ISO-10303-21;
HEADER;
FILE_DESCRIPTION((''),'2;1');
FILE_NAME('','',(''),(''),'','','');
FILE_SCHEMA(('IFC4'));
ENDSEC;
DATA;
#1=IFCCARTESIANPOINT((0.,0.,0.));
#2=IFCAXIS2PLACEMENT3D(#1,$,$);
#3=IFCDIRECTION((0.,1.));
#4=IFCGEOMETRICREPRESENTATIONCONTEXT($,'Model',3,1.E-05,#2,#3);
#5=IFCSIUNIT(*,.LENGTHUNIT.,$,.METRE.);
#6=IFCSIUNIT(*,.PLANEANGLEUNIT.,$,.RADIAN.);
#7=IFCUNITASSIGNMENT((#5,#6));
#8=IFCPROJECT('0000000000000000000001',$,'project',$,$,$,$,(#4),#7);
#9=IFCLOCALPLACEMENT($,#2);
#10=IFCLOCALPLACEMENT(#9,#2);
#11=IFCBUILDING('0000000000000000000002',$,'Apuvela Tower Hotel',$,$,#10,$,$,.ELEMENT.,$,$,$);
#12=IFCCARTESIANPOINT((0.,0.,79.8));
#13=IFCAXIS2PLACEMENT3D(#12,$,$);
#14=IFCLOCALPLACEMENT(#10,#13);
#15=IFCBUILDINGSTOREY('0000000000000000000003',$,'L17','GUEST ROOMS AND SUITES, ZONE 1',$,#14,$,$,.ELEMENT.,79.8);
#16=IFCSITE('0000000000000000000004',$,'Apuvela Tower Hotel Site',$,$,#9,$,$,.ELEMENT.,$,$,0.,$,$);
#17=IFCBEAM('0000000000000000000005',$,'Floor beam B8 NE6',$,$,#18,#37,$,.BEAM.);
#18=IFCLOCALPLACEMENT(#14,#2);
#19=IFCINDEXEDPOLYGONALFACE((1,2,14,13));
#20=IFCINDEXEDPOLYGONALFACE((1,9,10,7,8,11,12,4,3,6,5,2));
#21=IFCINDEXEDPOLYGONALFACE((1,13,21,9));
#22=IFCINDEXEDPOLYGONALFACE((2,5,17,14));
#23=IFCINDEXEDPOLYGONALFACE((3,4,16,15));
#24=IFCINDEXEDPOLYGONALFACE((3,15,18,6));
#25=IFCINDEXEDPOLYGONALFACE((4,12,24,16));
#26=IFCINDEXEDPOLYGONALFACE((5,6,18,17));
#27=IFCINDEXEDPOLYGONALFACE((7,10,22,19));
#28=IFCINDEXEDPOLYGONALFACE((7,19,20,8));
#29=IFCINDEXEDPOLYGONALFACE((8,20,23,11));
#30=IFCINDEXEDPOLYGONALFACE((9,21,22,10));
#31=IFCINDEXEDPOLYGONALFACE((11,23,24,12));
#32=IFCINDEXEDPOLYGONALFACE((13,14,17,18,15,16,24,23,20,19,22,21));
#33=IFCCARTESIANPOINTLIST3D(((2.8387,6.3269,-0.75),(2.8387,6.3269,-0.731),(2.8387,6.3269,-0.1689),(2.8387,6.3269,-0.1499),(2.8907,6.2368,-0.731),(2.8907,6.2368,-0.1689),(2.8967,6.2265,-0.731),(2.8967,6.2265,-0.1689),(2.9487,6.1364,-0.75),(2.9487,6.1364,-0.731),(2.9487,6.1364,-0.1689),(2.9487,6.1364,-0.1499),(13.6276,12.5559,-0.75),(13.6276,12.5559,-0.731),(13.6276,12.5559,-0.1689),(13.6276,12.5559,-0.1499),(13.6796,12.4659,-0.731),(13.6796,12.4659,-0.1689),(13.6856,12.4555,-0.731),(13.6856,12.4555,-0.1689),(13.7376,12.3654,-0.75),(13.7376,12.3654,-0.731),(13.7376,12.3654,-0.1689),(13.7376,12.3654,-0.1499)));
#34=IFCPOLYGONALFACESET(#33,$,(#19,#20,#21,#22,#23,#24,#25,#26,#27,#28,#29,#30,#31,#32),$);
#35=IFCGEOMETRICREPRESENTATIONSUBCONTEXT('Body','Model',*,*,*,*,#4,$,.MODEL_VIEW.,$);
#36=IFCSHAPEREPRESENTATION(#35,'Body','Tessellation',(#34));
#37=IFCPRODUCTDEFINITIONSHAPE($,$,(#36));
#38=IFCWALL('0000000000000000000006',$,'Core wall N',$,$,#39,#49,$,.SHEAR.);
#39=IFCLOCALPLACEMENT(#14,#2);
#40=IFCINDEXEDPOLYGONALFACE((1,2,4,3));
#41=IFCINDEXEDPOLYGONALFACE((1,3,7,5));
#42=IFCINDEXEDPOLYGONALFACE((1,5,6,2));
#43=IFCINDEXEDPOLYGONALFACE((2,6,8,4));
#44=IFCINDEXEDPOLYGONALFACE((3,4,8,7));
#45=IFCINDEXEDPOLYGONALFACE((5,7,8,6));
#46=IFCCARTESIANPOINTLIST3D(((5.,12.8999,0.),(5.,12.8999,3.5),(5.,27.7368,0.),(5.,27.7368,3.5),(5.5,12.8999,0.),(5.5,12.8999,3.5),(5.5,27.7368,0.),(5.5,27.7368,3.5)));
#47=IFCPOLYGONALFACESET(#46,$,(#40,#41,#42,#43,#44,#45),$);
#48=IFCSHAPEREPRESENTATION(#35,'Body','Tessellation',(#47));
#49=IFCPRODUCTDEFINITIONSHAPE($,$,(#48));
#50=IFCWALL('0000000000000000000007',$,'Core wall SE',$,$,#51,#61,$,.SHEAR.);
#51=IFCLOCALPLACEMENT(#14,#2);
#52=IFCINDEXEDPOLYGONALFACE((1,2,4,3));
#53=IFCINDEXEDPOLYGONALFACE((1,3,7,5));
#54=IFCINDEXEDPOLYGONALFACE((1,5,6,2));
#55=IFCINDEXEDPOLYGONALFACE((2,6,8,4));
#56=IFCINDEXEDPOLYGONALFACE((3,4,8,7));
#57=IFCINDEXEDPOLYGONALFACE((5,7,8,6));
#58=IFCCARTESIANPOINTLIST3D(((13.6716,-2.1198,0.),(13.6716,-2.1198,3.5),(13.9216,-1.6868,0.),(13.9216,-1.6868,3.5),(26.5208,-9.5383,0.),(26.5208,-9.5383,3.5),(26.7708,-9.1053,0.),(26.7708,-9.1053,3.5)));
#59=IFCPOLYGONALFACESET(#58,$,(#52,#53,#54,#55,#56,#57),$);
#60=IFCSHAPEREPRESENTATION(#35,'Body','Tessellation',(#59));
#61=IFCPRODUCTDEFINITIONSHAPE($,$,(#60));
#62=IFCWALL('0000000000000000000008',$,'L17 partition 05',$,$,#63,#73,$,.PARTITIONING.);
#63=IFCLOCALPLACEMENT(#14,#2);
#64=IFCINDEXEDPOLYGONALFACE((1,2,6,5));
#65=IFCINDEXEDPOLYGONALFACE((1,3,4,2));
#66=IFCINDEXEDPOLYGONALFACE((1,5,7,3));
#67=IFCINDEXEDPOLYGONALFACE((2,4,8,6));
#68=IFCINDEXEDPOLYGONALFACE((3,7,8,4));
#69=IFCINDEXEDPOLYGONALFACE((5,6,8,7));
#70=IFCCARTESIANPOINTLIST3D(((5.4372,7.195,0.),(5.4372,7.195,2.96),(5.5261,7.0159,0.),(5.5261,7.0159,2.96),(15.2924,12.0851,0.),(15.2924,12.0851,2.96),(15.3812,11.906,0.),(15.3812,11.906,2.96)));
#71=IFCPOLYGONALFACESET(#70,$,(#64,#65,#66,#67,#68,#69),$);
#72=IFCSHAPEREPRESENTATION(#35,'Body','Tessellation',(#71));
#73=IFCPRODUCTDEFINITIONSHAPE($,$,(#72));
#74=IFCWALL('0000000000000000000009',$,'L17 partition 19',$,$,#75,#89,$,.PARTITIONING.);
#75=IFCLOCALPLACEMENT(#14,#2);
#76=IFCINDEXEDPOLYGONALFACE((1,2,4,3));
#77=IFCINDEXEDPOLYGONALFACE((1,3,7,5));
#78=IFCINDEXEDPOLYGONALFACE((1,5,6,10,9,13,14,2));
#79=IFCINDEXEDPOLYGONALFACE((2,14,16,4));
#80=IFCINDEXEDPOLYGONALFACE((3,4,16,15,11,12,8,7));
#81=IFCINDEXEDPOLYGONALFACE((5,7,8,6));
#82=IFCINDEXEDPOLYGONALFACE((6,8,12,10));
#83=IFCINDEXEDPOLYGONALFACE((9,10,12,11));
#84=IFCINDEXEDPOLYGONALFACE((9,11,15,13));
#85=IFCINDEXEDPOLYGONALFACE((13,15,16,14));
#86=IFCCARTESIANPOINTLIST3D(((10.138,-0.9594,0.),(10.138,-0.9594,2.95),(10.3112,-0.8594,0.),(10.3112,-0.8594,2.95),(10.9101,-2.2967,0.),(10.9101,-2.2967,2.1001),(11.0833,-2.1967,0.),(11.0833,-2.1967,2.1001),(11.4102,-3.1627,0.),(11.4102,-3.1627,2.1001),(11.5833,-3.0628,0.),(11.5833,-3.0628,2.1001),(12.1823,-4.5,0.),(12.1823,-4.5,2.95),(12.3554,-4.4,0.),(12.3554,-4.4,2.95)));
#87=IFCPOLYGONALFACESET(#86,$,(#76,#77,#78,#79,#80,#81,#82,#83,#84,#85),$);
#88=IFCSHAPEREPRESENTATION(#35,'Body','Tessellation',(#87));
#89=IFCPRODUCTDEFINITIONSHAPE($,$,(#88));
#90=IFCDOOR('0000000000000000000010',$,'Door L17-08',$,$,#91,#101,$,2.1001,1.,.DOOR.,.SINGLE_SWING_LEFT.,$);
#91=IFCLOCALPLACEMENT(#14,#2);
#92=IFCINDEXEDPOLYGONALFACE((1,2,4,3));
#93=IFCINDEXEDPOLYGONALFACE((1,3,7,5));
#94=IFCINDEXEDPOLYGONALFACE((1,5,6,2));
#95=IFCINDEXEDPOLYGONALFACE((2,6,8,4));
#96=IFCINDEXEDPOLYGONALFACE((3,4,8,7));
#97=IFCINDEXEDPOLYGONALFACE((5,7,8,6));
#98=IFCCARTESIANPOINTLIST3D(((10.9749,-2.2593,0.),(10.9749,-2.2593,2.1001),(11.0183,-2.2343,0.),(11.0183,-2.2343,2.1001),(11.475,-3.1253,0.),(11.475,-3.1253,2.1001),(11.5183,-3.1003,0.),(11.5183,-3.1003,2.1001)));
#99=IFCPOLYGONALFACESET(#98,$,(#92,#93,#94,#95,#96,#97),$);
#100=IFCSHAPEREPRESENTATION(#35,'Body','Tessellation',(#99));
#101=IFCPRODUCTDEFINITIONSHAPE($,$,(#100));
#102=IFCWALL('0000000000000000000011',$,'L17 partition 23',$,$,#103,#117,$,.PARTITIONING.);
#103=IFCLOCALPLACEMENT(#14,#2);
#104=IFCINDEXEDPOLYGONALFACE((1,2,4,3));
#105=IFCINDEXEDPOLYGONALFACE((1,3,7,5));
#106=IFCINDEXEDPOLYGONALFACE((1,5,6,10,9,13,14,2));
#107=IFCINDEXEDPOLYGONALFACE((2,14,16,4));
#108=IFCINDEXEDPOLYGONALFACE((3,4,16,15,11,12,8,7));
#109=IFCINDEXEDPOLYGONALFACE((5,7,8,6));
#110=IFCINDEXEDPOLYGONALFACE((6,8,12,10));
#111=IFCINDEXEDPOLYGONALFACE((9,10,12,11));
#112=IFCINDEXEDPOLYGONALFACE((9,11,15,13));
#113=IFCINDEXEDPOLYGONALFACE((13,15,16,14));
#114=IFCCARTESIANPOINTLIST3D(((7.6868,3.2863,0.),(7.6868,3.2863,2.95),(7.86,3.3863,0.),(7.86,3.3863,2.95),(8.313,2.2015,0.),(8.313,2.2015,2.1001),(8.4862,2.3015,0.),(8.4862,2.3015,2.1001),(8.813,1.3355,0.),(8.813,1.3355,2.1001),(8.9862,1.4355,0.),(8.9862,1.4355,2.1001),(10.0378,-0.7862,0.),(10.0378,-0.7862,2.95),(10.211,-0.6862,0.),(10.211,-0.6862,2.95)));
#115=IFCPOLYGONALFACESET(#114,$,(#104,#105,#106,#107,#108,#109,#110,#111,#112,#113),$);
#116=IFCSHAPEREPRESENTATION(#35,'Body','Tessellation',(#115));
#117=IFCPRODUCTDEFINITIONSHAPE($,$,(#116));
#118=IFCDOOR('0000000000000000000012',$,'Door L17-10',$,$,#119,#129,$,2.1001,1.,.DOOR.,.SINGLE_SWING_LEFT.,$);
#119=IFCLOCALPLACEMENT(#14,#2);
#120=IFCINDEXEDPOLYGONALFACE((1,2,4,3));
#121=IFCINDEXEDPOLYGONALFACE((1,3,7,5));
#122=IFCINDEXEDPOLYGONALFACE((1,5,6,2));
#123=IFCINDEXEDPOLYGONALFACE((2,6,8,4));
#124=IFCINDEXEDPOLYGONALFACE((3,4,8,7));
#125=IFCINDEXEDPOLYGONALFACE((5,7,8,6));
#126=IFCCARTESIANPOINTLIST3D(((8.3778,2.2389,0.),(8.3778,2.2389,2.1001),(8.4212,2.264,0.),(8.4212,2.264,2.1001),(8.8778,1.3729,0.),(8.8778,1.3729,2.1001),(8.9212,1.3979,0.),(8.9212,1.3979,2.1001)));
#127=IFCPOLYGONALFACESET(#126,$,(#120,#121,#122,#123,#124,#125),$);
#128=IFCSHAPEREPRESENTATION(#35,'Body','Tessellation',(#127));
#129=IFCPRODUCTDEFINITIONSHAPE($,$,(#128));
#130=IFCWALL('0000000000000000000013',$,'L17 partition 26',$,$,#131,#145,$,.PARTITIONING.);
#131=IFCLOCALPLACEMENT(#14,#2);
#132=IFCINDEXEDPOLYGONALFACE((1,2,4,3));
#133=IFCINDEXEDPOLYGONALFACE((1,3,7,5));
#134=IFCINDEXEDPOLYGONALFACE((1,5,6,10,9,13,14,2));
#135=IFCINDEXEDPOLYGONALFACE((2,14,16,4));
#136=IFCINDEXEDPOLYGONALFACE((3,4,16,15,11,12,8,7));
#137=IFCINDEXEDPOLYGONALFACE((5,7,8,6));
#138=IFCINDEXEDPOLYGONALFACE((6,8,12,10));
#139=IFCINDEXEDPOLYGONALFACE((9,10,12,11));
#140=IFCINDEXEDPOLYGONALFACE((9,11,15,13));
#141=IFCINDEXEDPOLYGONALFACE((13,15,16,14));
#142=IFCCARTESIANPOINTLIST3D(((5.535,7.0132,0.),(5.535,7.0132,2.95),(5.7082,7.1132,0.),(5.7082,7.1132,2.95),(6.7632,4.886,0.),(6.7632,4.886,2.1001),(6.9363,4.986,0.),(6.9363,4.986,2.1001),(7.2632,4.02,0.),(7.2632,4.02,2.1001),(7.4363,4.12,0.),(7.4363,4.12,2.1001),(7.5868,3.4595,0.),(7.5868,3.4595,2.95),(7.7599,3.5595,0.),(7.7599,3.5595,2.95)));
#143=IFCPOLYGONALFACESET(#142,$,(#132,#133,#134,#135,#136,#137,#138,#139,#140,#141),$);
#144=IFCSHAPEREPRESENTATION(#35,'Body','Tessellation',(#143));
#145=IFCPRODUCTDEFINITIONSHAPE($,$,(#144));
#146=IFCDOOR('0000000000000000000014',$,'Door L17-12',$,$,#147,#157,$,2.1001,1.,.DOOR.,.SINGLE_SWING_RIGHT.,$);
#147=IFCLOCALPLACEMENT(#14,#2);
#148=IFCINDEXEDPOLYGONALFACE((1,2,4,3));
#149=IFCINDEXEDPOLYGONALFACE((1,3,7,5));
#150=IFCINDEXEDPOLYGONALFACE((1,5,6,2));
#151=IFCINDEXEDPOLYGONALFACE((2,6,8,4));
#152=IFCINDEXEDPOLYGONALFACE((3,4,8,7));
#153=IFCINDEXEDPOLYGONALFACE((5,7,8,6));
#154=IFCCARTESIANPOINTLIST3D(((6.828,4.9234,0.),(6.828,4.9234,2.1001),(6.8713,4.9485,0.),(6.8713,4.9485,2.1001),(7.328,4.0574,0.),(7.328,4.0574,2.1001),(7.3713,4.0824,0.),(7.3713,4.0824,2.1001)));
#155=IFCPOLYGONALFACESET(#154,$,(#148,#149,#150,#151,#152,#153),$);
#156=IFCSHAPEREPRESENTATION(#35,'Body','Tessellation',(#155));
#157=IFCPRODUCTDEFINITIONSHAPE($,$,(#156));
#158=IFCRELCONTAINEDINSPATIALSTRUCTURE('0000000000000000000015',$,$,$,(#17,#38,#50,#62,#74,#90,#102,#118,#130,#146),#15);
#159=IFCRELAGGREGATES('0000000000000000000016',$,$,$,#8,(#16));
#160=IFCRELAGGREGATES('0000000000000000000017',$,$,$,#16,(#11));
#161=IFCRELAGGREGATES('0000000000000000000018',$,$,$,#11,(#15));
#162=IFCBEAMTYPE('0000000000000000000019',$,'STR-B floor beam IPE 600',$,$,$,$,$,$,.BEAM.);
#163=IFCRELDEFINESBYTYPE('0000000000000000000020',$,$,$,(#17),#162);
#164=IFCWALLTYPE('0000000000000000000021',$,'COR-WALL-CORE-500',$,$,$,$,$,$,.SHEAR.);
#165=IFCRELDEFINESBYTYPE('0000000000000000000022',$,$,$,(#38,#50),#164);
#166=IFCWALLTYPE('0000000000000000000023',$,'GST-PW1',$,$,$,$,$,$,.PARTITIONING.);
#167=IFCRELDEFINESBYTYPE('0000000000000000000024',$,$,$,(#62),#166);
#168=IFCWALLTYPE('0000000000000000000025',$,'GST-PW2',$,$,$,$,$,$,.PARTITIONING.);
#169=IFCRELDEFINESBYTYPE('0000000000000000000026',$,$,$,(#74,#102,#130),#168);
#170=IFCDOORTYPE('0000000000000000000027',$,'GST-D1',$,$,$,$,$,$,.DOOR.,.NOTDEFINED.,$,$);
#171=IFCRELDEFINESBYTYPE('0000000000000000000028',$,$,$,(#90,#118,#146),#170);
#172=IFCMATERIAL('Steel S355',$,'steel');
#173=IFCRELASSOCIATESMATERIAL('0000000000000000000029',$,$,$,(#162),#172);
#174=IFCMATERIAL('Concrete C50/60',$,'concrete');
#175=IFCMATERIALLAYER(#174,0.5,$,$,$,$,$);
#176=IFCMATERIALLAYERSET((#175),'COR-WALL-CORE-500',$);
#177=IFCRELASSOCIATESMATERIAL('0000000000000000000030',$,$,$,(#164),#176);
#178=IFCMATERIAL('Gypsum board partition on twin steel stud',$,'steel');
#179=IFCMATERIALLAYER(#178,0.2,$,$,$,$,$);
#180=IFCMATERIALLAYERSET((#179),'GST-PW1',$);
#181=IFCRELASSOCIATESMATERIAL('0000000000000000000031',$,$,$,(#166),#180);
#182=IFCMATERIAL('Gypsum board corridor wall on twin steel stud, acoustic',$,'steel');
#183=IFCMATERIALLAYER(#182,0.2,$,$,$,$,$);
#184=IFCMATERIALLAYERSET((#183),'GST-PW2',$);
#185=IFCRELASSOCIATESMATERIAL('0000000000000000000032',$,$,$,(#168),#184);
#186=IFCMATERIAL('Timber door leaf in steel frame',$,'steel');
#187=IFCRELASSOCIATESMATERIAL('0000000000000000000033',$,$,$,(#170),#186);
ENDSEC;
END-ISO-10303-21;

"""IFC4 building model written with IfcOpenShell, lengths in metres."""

from ifc_helpers import new_model, si_unit, direction, frame, frame_2d, origin, origin_2d, place, context, subcontext, project, spatial, rectangle, i_section, extrude, material, layer, layer_set, material_profile, profile_set, type_object, element, fill, save


model = new_model("IFC4")

# Units and contexts
model_context = context("Model", 3, precision=1e-05, world=origin(), true_north=direction((0.0, 1.0)))
body_context = subcontext(model_context, "Body", "Model", "MODEL_VIEW")
ifc_project = project(units=[si_unit("LENGTHUNIT", "METRE"), si_unit("PLANEANGLEUNIT", "RADIAN")], contexts=[model_context])

# Site, building, storey
site_placement = place(None, origin())
site = spatial("IfcSite", under=ifc_project, at=site_placement, Name="Apuvela Tower Hotel Site", CompositionType="ELEMENT", RefElevation=0.0)
building_placement = place(site_placement, origin())
building = spatial("IfcBuilding", under=site, at=building_placement, Name="Apuvela Tower Hotel", CompositionType="ELEMENT")
storey_placement = place(building_placement, frame((0.0, 0.0, 79.8)))
storey = spatial("IfcBuildingStorey", under=building, at=storey_placement, Name="L17", Description="GUEST ROOMS AND SUITES, ZONE 1", CompositionType="ELEMENT", Elevation=79.8)

# Beam
ifc_material_1 = material(Name="Steel S355", Category="steel")
ifc_material_profile = material_profile(ifc_material_1, i_section(OverallWidth=0.22, OverallDepth=0.6001, WebThickness=0.012, FlangeThickness=0.019, at=origin_2d()), Name="IPE 600")
ifc_profile_set = profile_set([ifc_material_profile], Name="Steel S355")
beam_type = type_object("IfcBeamType", Name="STR-B floor beam IPE 600", PredefinedType="BEAM", material=ifc_profile_set)
beam_placement = place(storey_placement, frame((13.6826, 12.4607, -0.45), z_axis=(-0.866023, -0.500005, 0.0), x_axis=(0.500005, -0.866023, 0.0)))
element("IfcBeam", 1, at=beam_placement, inside=storey, type_object=beam_type, Name="Floor beam B8 NE6", PredefinedType="BEAM", context=body_context, shape_type="SweptSolid", body=[
    extrude(i_section(OverallWidth=0.22, OverallDepth=0.6001, WebThickness=0.012, FlangeThickness=0.019, at=origin_2d()), origin(), (0.0, 0.0, 1.0), 12.458),
])

# Walls
ifc_material_2 = material(Name="Concrete C50/60", Category="concrete")
ifc_layer_1 = layer(ifc_material_2, 0.5)
ifc_layer_set_1 = layer_set([ifc_layer_1], Name="COR-WALL-CORE-500")
wall_type_1 = type_object("IfcWallType", Name="COR-WALL-CORE-500", PredefinedType="SHEAR", material=ifc_layer_set_1)
for number, where, z_axis, x_axis, name in (
    (2, (5.25, 12.8999, 0.0), (0.0, 0.0, 1.0), (0.0, 1.0, 0.0), "Core wall N"),
    (3, (13.7966, -1.9033, 0.0), (0.0, 0.0, 1.0), (0.866025, -0.500001, 0.0), "Core wall SE"),
):
    element("IfcWall", number, at=place(storey_placement, frame(where, z_axis=z_axis, x_axis=x_axis)), inside=storey, type_object=wall_type_1, Name=name, PredefinedType="SHEAR", context=body_context, shape_type="SweptSolid", body=[
        extrude(rectangle(XDim=14.8369, YDim=0.5, at=frame_2d((7.4185, 0.0))), origin(), (0.0, 0.0, 1.0), 3.5),
    ])
ifc_material_3 = material(Name="Gypsum board partition on twin steel stud", Category="steel")
ifc_layer_2 = layer(ifc_material_3, 0.2)
ifc_layer_set_2 = layer_set([ifc_layer_2], Name="GST-PW1")
wall_type_2 = type_object("IfcWallType", Name="GST-PW1", PredefinedType="PARTITIONING", material=ifc_layer_set_2)
wall_1_placement = place(storey_placement, frame((15.3369, 11.9956, 0.0), z_axis=(0.0, 0.0, 1.0), x_axis=(-0.895786, -0.444486, 0.0)))
element("IfcWall", 4, at=wall_1_placement, inside=storey, type_object=wall_type_2, Name="L17 partition 05", PredefinedType="PARTITIONING", context=body_context, shape_type="SweptSolid", body=[
    extrude(rectangle(XDim=11.0017, YDim=0.2, at=frame_2d((5.501, 0.0))), origin(), (0.0, 0.0, 1.0), 2.96),
])

# Walls, openings, doors
ifc_material_4 = material(Name="Gypsum board corridor wall on twin steel stud, acoustic", Category="steel")
ifc_layer_3 = layer(ifc_material_4, 0.2)
ifc_layer_set_3 = layer_set([ifc_layer_3], Name="GST-PW2")
wall_type_3 = type_object("IfcWallType", Name="GST-PW2", PredefinedType="PARTITIONING", material=ifc_layer_set_3)
wall_2_placement = place(storey_placement, frame((10.2246, -0.9094, 0.0), z_axis=(0.0, 0.0, 1.0), x_axis=(0.500012, -0.866019, 0.0)))
wall_2 = element("IfcWall", 5, at=wall_2_placement, inside=storey, type_object=wall_type_3, Name="L17 partition 19", PredefinedType="PARTITIONING", context=body_context, shape_type="SweptSolid", body=[
    extrude(rectangle(XDim=4.0884, YDim=0.2, at=frame_2d((2.0442, 0.0))), origin(), (0.0, 0.0, 1.0), 2.95),
])
opening_1_placement = place(wall_2_placement, frame((1.5442, 0.0, 0.0)))
opening_1 = element("IfcOpeningElement", 6, at=opening_1_placement, cuts=wall_2, PredefinedType="OPENING", context=body_context, shape_type="SweptSolid", body=[
    extrude(rectangle(XDim=1.0, YDim=2.1001, at=frame_2d((0.5, 1.05))), frame((0.0, 0.1099, 0.0), z_axis=(0.0, -1.0, 0.0), x_axis=(1.0, 0.0, 0.0)), (0.0, 0.0, 1.0), 0.22),
])
ifc_material_5 = material(Name="Timber door leaf in steel frame", Category="steel")
door_type_1 = type_object("IfcDoorType", Name="GST-D1", OperationType="NOTDEFINED", PredefinedType="DOOR", material=ifc_material_5)
door_1_placement = place(opening_1_placement, origin())
door_1 = element("IfcDoor", 7, at=door_1_placement, inside=storey, type_object=door_type_1, Name="Door L17-08", OperationType="SINGLE_SWING_LEFT", OverallHeight=2.1001, OverallWidth=1.0, PredefinedType="DOOR", context=body_context, shape_type="SweptSolid", body=[
    extrude(rectangle(XDim=1.0, YDim=2.1001, at=frame_2d((0.5, 1.05))), frame((0.0, 0.0249, 0.0), z_axis=(0.0, -1.0, 0.0), x_axis=(1.0, 0.0, 0.0)), (0.0, 0.0, 1.0), 0.05),
])
fill(opening_1, door_1)
wall_3_placement = place(storey_placement, frame((7.7734, 3.3362, 0.0), z_axis=(0.0, 0.0, 1.0), x_axis=(0.49997, -0.866043, 0.0)))
wall_3 = element("IfcWall", 8, at=wall_3_placement, inside=storey, type_object=wall_type_3, Name="L17 partition 23", PredefinedType="PARTITIONING", context=body_context, shape_type="SweptSolid", body=[
    extrude(rectangle(XDim=4.7024, YDim=0.2, at=frame_2d((2.3511, 0.0))), origin(), (0.0, 0.0, 1.0), 2.95),
])
opening_2_placement = place(wall_3_placement, frame((1.2524, 0.0, 0.0)))
opening_2 = element("IfcOpeningElement", 9, at=opening_2_placement, cuts=wall_3, PredefinedType="OPENING", context=body_context, shape_type="SweptSolid", body=[
    extrude(rectangle(XDim=1.0, YDim=2.1001, at=frame_2d((0.5, 1.05))), frame((0.0, 0.1099, 0.0), z_axis=(0.0, -1.0, 0.0), x_axis=(1.0, 0.0, 0.0)), (0.0, 0.0, 1.0), 0.22),
])
door_2_placement = place(opening_2_placement, origin())
door_2 = element("IfcDoor", 10, at=door_2_placement, inside=storey, type_object=door_type_1, Name="Door L17-10", OperationType="SINGLE_SWING_LEFT", OverallHeight=2.1001, OverallWidth=1.0, PredefinedType="DOOR", context=body_context, shape_type="SweptSolid", body=[
    extrude(rectangle(XDim=1.0, YDim=2.1001, at=frame_2d((0.5, 1.05))), frame((0.0, 0.0249, 0.0), z_axis=(0.0, -1.0, 0.0), x_axis=(1.0, 0.0, 0.0)), (0.0, 0.0, 1.0), 0.05),
])
fill(opening_2, door_2)
wall_4_placement = place(storey_placement, frame((5.6216, 7.0632, 0.0), z_axis=(0.0, 0.0, 1.0), x_axis=(0.500004, -0.866023, 0.0)))
wall_4 = element("IfcWall", 11, at=wall_4_placement, inside=storey, type_object=wall_type_3, Name="L17 partition 26", PredefinedType="PARTITIONING", context=body_context, shape_type="SweptSolid", body=[
    extrude(rectangle(XDim=4.1035, YDim=0.2, at=frame_2d((2.0518, 0.0))), origin(), (0.0, 0.0, 1.0), 2.95),
])
opening_3_placement = place(wall_4_placement, frame((2.4563, 0.0, 0.0)))
opening_3 = element("IfcOpeningElement", 12, at=opening_3_placement, cuts=wall_4, PredefinedType="OPENING", context=body_context, shape_type="SweptSolid", body=[
    extrude(rectangle(XDim=1.0, YDim=2.1001, at=frame_2d((0.5, 1.05))), frame((0.0, 0.1099, 0.0), z_axis=(0.0, -1.0, 0.0), x_axis=(1.0, 0.0, 0.0)), (0.0, 0.0, 1.0), 0.22),
])
door_3_placement = place(opening_3_placement, origin())
door_3 = element("IfcDoor", 13, at=door_3_placement, inside=storey, type_object=door_type_1, Name="Door L17-12", OperationType="SINGLE_SWING_RIGHT", OverallHeight=2.1001, OverallWidth=1.0, PredefinedType="DOOR", context=body_context, shape_type="SweptSolid", body=[
    extrude(rectangle(XDim=1.0, YDim=2.1001, at=frame_2d((0.5, 1.05))), frame((0.0, 0.0249, 0.0), z_axis=(0.0, -1.0, 0.0), x_axis=(1.0, 0.0, 0.0)), (0.0, 0.0, 1.0), 0.05),
])
fill(opening_3, door_3)

save(model, "model.ifc")
